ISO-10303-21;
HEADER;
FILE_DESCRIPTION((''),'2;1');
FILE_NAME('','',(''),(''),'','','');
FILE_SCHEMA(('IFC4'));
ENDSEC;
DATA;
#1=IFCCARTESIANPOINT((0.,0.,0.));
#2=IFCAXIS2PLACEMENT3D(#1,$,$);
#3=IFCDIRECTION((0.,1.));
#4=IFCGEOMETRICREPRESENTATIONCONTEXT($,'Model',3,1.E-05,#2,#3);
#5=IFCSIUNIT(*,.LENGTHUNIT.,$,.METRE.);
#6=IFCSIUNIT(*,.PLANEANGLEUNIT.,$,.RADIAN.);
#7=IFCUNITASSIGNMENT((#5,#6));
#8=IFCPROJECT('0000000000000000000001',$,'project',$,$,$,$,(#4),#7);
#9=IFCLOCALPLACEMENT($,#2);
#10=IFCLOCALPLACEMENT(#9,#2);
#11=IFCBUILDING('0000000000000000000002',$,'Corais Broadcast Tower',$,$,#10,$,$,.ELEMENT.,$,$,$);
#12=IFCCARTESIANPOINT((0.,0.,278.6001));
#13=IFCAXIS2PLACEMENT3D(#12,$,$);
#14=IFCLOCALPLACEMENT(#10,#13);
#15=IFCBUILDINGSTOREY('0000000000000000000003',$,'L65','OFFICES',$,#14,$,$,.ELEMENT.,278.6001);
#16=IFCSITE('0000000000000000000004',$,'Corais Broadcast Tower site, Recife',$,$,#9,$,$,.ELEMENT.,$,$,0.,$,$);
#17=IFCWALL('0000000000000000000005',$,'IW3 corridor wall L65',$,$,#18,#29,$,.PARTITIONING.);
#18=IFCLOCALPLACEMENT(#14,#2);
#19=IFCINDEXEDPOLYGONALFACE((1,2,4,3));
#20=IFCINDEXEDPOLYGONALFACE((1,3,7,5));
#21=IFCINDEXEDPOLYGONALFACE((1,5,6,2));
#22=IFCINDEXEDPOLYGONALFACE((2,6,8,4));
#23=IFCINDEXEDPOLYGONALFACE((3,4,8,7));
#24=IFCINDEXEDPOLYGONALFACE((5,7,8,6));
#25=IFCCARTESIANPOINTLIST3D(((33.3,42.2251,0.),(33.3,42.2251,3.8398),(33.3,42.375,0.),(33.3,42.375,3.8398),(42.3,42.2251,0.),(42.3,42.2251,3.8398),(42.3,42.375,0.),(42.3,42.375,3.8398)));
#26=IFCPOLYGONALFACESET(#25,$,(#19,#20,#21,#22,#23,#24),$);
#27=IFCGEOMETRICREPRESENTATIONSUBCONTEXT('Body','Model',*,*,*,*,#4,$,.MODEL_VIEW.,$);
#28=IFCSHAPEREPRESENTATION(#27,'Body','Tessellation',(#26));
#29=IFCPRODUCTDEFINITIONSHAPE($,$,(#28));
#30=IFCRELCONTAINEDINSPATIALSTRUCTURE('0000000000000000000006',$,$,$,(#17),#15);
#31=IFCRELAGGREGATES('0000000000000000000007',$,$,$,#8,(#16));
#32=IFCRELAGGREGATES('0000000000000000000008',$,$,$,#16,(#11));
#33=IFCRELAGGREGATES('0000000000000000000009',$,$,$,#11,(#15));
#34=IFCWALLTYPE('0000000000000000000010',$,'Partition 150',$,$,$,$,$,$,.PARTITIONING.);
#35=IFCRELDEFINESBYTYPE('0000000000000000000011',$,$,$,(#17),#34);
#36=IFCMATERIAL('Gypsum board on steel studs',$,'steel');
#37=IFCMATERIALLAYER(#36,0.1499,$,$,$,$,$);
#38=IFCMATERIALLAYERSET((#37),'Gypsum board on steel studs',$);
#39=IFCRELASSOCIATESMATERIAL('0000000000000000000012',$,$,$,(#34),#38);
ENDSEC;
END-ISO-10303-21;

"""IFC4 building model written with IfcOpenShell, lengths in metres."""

from ifc_helpers import new_model, si_unit, direction, frame, frame_2d, origin, place, context, subcontext, project, spatial, rectangle, extrude, material, layer, layer_set, type_object, element, save


model = new_model("IFC4")

# Units and contexts
model_context = context("Model", 3, precision=1e-05, world=origin(), true_north=direction((0.0, 1.0)))
body_context = subcontext(model_context, "Body", "Model", "MODEL_VIEW")
ifc_project = project(units=[si_unit("LENGTHUNIT", "METRE"), si_unit("PLANEANGLEUNIT", "RADIAN")], contexts=[model_context])

# Site, building, storey
site_placement = place(None, origin())
site = spatial("IfcSite", under=ifc_project, at=site_placement, Name="Corais Broadcast Tower site, Recife", CompositionType="ELEMENT", RefElevation=0.0)
building_placement = place(site_placement, origin())
building = spatial("IfcBuilding", under=site, at=building_placement, Name="Corais Broadcast Tower", CompositionType="ELEMENT")
storey_placement = place(building_placement, frame((0.0, 0.0, 278.6001)))
storey = spatial("IfcBuildingStorey", under=building, at=storey_placement, Name="L65", Description="OFFICES", CompositionType="ELEMENT", Elevation=278.6001)

# Wall
ifc_material_1 = material(Name="Gypsum board on steel studs", Category="steel")
ifc_layer_1 = layer(ifc_material_1, 0.1499)
ifc_layer_set_1 = layer_set([ifc_layer_1], Name="Gypsum board on steel studs")
wall_type = type_object("IfcWallType", Name="Partition 150", PredefinedType="PARTITIONING", material=ifc_layer_set_1)
wall_placement = place(storey_placement, frame((42.3, 42.3, 0.0), z_axis=(0.0, 0.0, 1.0), x_axis=(-1.0, 0.0, 0.0)))
element("IfcWall", 1, at=wall_placement, inside=storey, type_object=wall_type, Name="IW3 corridor wall L65", PredefinedType="PARTITIONING", context=body_context, shape_type="SweptSolid", body=[
    extrude(rectangle(XDim=9.0, YDim=0.1499, at=frame_2d((4.5, 0.0))), origin(), (0.0, 0.0, 1.0), 3.8398),
])

save(model, "model.ifc")
